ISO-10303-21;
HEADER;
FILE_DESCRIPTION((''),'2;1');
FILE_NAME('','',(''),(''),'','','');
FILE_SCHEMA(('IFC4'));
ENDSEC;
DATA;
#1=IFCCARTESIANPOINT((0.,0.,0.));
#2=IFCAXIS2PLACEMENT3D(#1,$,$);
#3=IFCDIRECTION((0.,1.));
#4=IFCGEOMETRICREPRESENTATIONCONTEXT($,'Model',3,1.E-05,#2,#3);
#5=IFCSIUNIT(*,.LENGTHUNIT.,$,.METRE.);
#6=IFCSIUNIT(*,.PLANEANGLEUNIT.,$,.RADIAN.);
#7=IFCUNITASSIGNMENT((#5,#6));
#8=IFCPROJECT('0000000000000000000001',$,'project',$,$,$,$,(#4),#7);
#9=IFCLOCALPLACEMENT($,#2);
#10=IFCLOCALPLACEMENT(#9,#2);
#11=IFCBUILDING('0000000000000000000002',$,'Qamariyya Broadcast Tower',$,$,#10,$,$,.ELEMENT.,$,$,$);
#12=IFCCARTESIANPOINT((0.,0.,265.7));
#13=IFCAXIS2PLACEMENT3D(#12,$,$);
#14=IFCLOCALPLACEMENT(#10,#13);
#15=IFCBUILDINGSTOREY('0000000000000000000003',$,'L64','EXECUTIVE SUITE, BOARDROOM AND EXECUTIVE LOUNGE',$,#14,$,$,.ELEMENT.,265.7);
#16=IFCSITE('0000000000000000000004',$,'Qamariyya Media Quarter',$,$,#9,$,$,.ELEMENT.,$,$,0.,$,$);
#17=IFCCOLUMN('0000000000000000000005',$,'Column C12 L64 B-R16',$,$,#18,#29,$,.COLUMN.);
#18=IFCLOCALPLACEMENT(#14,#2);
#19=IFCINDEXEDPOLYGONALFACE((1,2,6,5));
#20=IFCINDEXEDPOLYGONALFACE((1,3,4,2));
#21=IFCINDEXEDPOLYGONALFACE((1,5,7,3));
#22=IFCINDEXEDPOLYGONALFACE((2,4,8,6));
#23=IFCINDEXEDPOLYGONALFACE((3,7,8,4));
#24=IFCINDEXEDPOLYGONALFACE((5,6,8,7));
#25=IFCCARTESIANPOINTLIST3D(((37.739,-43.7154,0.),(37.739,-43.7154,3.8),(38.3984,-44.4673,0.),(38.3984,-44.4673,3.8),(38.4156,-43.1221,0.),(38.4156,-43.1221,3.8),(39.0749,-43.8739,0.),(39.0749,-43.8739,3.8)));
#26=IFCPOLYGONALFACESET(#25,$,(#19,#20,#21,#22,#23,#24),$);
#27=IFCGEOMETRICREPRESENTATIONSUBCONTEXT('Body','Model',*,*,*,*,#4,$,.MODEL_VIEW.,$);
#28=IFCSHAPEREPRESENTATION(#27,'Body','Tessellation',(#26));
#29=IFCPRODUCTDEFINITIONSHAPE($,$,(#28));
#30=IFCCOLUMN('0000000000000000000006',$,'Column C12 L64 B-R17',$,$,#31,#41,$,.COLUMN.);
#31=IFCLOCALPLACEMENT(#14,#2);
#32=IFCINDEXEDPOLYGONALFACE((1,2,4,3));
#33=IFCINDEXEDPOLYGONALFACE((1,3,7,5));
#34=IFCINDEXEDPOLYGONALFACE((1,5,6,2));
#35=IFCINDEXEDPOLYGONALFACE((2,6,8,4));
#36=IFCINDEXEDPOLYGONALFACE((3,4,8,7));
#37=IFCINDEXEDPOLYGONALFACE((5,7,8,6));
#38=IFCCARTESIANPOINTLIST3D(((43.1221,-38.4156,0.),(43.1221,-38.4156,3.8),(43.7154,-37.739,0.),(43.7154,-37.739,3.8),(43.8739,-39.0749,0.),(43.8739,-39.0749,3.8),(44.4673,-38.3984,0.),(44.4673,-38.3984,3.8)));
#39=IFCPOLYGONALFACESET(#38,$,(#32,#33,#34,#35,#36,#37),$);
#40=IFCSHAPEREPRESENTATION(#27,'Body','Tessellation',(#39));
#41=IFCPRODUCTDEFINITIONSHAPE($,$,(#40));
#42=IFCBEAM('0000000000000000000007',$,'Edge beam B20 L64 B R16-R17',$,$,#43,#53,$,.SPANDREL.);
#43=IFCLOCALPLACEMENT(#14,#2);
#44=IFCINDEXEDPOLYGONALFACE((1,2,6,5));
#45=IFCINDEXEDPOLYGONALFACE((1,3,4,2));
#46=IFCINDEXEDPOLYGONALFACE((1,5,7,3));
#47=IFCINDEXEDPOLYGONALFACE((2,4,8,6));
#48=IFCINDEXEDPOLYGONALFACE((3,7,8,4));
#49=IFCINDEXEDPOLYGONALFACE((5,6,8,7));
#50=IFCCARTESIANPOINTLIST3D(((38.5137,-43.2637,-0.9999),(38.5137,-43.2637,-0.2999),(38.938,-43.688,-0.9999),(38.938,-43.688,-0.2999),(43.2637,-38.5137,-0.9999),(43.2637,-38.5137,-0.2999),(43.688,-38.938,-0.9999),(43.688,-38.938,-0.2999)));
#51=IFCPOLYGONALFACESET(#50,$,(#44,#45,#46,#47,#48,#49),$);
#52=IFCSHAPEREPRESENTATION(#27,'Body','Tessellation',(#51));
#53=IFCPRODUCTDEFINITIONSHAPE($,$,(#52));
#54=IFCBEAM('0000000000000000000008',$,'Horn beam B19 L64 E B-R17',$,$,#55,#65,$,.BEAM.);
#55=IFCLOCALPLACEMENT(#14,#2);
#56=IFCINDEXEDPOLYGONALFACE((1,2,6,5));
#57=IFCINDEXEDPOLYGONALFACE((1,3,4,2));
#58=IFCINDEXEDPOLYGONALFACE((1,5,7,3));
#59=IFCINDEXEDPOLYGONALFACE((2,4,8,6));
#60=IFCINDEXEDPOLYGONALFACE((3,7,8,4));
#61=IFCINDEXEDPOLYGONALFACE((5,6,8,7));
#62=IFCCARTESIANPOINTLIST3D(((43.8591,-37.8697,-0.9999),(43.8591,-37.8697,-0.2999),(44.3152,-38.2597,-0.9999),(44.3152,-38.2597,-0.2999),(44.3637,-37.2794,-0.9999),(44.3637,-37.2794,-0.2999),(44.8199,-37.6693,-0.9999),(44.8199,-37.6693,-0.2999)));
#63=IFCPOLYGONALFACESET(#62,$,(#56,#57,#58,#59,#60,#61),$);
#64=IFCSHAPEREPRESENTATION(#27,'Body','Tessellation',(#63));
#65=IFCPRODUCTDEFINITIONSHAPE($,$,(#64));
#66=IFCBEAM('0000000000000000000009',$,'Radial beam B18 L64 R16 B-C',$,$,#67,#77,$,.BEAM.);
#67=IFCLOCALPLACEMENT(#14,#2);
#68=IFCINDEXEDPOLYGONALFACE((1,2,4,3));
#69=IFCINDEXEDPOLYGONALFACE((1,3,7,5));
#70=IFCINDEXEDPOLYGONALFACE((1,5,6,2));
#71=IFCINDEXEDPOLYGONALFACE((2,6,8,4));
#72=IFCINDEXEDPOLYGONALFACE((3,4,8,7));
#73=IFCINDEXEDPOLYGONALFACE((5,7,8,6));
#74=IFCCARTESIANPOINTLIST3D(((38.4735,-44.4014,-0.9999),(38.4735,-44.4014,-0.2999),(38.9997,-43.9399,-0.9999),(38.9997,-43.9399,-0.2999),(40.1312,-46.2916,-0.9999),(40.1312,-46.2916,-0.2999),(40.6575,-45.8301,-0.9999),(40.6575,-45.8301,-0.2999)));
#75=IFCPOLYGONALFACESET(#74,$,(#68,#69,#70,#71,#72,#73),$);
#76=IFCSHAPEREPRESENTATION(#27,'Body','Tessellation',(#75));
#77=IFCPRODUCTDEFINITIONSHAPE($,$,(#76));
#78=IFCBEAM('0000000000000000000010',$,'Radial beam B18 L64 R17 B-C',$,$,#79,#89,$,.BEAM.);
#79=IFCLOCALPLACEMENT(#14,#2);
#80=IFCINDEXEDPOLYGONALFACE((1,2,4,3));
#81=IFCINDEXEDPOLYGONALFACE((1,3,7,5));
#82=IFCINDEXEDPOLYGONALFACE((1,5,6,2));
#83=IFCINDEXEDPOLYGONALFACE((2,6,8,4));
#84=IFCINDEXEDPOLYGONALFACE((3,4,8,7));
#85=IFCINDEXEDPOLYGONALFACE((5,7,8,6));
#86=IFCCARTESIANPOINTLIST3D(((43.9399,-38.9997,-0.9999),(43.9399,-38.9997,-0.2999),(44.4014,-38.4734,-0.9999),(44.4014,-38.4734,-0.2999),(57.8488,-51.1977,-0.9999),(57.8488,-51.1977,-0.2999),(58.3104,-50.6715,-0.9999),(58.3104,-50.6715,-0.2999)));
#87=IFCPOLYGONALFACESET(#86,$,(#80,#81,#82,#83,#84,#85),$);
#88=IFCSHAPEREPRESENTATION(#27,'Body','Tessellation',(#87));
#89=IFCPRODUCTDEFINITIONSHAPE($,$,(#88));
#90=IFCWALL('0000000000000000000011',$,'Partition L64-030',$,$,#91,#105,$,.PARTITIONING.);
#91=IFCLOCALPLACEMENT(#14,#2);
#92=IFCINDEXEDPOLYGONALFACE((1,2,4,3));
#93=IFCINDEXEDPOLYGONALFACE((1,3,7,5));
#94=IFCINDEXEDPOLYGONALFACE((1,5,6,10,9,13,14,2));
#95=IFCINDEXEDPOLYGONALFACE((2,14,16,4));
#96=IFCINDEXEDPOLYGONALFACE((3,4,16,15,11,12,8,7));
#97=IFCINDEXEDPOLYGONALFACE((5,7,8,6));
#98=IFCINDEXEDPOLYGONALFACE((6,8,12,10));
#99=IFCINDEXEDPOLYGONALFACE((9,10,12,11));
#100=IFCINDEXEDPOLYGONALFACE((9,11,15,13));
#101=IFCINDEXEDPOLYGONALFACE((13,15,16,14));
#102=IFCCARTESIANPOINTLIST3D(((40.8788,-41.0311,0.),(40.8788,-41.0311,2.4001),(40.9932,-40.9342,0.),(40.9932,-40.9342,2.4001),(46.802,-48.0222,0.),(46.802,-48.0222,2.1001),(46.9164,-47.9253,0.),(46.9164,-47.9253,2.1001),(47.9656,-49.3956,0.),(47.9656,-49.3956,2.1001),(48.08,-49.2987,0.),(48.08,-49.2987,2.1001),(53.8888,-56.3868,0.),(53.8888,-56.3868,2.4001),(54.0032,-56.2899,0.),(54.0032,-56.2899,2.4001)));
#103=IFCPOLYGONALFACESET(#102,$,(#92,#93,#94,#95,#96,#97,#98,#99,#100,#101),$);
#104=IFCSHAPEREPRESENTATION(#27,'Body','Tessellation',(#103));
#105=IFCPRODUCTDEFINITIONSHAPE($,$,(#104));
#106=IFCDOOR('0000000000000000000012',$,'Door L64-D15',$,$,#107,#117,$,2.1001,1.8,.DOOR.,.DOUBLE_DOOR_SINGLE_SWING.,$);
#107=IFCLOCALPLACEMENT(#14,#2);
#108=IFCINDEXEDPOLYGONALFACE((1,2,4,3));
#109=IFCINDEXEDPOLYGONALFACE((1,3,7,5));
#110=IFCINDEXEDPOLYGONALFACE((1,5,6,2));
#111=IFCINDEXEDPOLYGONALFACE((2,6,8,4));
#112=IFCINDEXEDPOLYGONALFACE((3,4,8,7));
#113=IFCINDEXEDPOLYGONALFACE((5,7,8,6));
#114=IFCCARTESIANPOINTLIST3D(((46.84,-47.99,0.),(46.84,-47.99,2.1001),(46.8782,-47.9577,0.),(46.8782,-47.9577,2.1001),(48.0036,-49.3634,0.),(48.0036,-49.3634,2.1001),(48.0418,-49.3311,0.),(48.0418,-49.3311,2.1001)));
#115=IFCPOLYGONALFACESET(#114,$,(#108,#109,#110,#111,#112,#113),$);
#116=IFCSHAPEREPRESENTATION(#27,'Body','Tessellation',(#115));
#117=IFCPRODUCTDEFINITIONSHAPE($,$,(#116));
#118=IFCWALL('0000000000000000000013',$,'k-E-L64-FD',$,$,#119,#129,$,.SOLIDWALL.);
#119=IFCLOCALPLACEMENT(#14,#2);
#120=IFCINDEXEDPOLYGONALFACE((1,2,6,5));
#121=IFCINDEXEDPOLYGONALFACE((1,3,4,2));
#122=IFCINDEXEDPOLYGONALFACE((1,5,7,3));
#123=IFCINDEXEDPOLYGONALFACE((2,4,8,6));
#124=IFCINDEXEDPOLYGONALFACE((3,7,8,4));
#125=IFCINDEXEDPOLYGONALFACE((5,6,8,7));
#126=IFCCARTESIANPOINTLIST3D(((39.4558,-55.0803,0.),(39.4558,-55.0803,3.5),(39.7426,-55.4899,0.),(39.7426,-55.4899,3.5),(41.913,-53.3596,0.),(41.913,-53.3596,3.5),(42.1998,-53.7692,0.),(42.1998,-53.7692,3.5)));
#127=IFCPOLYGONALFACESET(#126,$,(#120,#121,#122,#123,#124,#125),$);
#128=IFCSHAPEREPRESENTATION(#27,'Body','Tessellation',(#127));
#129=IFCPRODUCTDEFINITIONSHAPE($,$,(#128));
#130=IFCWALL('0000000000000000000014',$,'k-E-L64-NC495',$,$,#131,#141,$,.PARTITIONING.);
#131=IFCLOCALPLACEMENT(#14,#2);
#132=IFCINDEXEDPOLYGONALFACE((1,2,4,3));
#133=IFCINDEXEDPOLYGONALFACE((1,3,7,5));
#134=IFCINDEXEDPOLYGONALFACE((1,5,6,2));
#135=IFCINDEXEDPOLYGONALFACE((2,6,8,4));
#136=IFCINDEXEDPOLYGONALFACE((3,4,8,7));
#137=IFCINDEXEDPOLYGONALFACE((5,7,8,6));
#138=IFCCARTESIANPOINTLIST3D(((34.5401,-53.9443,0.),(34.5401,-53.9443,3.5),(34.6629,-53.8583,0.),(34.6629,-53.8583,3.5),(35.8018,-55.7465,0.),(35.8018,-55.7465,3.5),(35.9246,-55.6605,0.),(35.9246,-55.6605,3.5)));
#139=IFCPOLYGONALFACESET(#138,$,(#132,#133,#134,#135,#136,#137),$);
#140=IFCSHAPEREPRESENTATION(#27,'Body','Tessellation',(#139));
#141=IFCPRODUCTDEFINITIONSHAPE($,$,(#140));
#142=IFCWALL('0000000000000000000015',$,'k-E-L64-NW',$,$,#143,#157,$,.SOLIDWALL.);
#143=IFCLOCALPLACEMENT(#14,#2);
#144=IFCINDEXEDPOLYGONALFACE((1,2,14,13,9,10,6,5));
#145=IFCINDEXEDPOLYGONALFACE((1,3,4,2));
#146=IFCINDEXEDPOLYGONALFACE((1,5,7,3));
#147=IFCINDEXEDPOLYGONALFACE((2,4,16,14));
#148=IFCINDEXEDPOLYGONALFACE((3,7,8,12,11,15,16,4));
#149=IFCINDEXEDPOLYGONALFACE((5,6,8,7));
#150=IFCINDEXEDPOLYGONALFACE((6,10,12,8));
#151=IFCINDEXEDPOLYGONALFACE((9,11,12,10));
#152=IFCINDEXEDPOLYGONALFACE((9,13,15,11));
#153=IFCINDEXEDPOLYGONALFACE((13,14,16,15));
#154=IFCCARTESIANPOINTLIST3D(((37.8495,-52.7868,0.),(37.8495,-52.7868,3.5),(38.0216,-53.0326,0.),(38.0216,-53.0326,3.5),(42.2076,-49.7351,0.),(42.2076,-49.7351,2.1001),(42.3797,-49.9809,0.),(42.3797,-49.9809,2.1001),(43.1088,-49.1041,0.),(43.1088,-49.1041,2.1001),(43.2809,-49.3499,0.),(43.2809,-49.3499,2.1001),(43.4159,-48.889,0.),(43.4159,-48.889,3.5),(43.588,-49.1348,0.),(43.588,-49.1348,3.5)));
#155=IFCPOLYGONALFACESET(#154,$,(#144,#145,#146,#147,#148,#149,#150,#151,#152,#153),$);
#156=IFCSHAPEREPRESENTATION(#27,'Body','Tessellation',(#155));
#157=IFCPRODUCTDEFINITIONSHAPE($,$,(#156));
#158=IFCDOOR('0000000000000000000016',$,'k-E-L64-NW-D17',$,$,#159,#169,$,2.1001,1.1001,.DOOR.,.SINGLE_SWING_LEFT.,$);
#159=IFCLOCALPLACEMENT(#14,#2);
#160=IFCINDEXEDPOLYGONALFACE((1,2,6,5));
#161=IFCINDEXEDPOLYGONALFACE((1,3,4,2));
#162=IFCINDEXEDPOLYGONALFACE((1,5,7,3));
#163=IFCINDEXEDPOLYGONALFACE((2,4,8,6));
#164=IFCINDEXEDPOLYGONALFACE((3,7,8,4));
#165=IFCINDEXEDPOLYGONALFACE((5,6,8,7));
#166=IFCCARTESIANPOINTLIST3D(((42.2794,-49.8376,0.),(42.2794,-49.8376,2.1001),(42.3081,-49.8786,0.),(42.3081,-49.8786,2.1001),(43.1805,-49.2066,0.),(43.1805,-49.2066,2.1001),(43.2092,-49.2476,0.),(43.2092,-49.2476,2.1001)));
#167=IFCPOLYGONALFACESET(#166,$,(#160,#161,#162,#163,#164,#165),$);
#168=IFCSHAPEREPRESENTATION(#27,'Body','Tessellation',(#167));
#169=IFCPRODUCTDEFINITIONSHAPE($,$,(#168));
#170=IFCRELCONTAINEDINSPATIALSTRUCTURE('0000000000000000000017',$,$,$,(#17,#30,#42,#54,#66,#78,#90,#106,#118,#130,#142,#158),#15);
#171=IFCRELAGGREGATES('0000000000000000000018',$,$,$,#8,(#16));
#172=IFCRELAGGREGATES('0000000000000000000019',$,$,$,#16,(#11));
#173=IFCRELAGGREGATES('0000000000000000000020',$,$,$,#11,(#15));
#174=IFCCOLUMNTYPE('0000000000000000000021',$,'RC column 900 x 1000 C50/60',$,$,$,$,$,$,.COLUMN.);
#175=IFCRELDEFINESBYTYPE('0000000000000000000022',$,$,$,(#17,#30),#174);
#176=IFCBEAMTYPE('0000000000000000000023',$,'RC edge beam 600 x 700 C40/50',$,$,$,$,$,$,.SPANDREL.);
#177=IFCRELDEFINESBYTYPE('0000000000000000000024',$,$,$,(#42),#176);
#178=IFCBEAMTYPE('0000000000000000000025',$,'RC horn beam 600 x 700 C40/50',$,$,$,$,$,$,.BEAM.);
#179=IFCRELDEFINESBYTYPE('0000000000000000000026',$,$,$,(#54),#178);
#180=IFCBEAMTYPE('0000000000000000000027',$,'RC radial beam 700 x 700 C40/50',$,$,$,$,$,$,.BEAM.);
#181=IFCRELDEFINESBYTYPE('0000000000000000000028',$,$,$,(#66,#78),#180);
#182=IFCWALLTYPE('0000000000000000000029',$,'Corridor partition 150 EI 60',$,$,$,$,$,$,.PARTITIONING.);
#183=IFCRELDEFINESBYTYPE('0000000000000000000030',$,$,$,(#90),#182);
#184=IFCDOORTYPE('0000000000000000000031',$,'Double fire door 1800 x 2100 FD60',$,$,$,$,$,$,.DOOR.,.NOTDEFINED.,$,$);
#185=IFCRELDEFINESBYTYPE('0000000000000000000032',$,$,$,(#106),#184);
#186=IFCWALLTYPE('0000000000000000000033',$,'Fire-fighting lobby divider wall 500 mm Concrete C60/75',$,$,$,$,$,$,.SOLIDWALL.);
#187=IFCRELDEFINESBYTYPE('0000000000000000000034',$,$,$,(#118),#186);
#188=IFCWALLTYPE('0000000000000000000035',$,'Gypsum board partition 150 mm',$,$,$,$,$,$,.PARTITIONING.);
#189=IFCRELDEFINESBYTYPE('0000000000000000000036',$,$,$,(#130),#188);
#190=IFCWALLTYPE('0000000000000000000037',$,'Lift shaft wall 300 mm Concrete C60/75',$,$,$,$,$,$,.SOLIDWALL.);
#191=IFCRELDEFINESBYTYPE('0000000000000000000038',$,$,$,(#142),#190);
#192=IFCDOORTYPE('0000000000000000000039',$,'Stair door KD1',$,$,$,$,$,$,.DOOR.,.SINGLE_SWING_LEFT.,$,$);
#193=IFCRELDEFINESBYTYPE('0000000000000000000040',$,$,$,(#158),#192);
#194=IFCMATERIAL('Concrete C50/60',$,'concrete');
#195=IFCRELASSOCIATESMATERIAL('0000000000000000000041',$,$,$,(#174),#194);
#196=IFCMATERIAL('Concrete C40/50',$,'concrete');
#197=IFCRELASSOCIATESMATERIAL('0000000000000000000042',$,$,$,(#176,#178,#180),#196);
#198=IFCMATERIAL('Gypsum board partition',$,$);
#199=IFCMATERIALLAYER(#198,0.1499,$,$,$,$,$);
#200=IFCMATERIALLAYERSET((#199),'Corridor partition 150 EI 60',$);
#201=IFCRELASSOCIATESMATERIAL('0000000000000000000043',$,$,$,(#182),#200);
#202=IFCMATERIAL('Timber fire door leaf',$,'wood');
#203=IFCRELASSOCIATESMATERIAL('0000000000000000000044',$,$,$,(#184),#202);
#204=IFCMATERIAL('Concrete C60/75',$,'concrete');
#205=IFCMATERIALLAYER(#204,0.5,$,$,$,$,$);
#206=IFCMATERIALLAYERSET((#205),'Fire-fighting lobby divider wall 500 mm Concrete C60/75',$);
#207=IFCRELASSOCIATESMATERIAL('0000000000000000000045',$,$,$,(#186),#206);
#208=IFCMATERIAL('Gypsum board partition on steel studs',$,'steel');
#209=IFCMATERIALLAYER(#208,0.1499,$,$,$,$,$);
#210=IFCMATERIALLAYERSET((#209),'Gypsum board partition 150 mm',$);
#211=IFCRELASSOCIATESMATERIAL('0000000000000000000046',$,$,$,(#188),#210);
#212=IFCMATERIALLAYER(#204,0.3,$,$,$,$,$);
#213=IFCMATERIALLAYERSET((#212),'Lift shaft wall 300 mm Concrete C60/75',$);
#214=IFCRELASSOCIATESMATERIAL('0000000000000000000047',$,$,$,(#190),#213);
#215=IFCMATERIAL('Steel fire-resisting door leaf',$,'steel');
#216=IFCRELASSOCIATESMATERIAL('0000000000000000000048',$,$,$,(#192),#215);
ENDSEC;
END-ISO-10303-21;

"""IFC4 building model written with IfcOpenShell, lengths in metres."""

from ifc_helpers import new_model, si_unit, direction, frame, frame_2d, origin, origin_2d, place, context, subcontext, project, spatial, rectangle, extrude, material, layer, layer_set, material_profile, profile_set, type_object, element, fill, save


model = new_model("IFC4")

# Units and contexts
model_context = context("Model", 3, precision=1e-05, world=origin(), true_north=direction((0.0, 1.0)))
body_context = subcontext(model_context, "Body", "Model", "MODEL_VIEW")
ifc_project = project(units=[si_unit("LENGTHUNIT", "METRE"), si_unit("PLANEANGLEUNIT", "RADIAN")], contexts=[model_context])

# Site, building, storey
site_placement = place(None, origin())
site = spatial("IfcSite", under=ifc_project, at=site_placement, Name="Qamariyya Media Quarter", CompositionType="ELEMENT", RefElevation=0.0)
building_placement = place(site_placement, origin())
building = spatial("IfcBuilding", under=site, at=building_placement, Name="Qamariyya Broadcast Tower", CompositionType="ELEMENT")
storey_placement = place(building_placement, frame((0.0, 0.0, 265.7)))
storey = spatial("IfcBuildingStorey", under=building, at=storey_placement, Name="L64", Description="EXECUTIVE SUITE, BOARDROOM AND EXECUTIVE LOUNGE", CompositionType="ELEMENT", Elevation=265.7)

# Columns
ifc_material_1 = material(Name="Concrete C50/60", Category="concrete")
ifc_material_profile_1 = material_profile(ifc_material_1, rectangle(XDim=0.8999, YDim=1.0, at=origin_2d()))
ifc_profile_set_1 = profile_set([ifc_material_profile_1], Name="Concrete C50/60")
column_type = type_object("IfcColumnType", Name="RC column 900 x 1000 C50/60", PredefinedType="COLUMN", material=ifc_profile_set_1)
for number, where, z_axis, x_axis, name in (
    (1, (38.407, -43.7947, 0.0), (0.0, 0.0, 1.0), (0.75184, 0.659346, 0.0), "Column C12 L64 B-R16"),
    (2, (43.7947, -38.407, 0.0), (0.0, 0.0, 1.0), (0.659346, 0.75184, 0.0), "Column C12 L64 B-R17"),
):
    element("IfcColumn", number, at=place(storey_placement, frame(where, z_axis=z_axis, x_axis=x_axis)), inside=storey, type_object=column_type, Name=name, PredefinedType="COLUMN", context=body_context, shape_type="SweptSolid", body=[
        extrude(rectangle(XDim=0.8999, YDim=1.0, at=origin_2d()), origin(), (0.0, 0.0, 1.0), 3.8),
    ])

# Beams
ifc_material_2 = material(Name="Concrete C40/50", Category="concrete")
ifc_material_profile_2 = material_profile(ifc_material_2, rectangle(XDim=0.6001, YDim=0.7, at=origin_2d()))
ifc_profile_set_2 = profile_set([ifc_material_profile_2], Name="Concrete C40/50")
beam_type_1 = type_object("IfcBeamType", Name="RC edge beam 600 x 700 C40/50", PredefinedType="SPANDREL", material=ifc_profile_set_2)
beam_1_placement = place(storey_placement, frame((38.7258, -43.4758, -0.6499), z_axis=(0.707107, 0.707107, 0.0), x_axis=(-0.707107, 0.707107, 0.0)))
element("IfcBeam", 3, at=beam_1_placement, inside=storey, type_object=beam_type_1, Name="Edge beam B20 L64 B R16-R17", PredefinedType="SPANDREL", context=body_context, shape_type="SweptSolid", body=[
    extrude(rectangle(XDim=0.6001, YDim=0.7, at=origin_2d()), origin(), (0.0, 0.0, 1.0), 6.7175),
])
ifc_material_profile_3 = material_profile(ifc_material_2, rectangle(XDim=0.6001, YDim=0.7, at=origin_2d()))
ifc_profile_set_3 = profile_set([ifc_material_profile_3], Name="Concrete C40/50")
beam_type_2 = type_object("IfcBeamType", Name="RC horn beam 600 x 700 C40/50", PredefinedType="BEAM", material=ifc_profile_set_3)
beam_2_placement = place(storey_placement, frame((44.0872, -38.0647, -0.6499), z_axis=(0.649781, 0.760121, 0.0), x_axis=(-0.760121, 0.649781, 0.0)))
element("IfcBeam", 4, at=beam_2_placement, inside=storey, type_object=beam_type_2, Name="Horn beam B19 L64 E B-R17", PredefinedType="BEAM", context=body_context, shape_type="SweptSolid", body=[
    extrude(rectangle(XDim=0.6001, YDim=0.7, at=origin_2d()), origin(), (0.0, 0.0, 1.0), 0.7766),
])
ifc_material_profile_4 = material_profile(ifc_material_2, rectangle(XDim=0.7, YDim=0.7, at=origin_2d()))
ifc_profile_set_4 = profile_set([ifc_material_profile_4], Name="Concrete C40/50")
beam_type_3 = type_object("IfcBeamType", Name="RC radial beam 700 x 700 C40/50", PredefinedType="BEAM", material=ifc_profile_set_4)
beam_3_placement = place(storey_placement, frame((38.7366, -44.1707, -0.6499), z_axis=(0.65937, -0.751818, 0.0), x_axis=(0.751818, 0.65937, 0.0)))
element("IfcBeam", 5, at=beam_3_placement, inside=storey, type_object=beam_type_3, Name="Radial beam B18 L64 R16 B-C", PredefinedType="BEAM", context=body_context, shape_type="SweptSolid", body=[
    extrude(rectangle(XDim=0.7, YDim=0.7, at=origin_2d()), origin(), (0.0, 0.0, 1.0), 2.5142),
])
beam_4_placement = place(storey_placement, frame((44.1707, -38.7366, -0.6499), z_axis=(0.751835, -0.659352, 0.0), x_axis=(0.659352, 0.751835, 0.0)))
element("IfcBeam", 6, at=beam_4_placement, inside=storey, type_object=beam_type_3, Name="Radial beam B18 L64 R17 B-C", PredefinedType="BEAM", context=body_context, shape_type="SweptSolid", body=[
    extrude(rectangle(XDim=0.7, YDim=0.7, at=origin_2d()), origin(), (0.0, 0.0, 1.0), 18.5),
])

# Wall, opening, door
ifc_material_3 = material(Name="Gypsum board partition")
ifc_layer_1 = layer(ifc_material_3, 0.1499)
ifc_layer_set_1 = layer_set([ifc_layer_1], Name="Corridor partition 150 EI 60")
wall_type_1 = type_object("IfcWallType", Name="Corridor partition 150 EI 60", PredefinedType="PARTITIONING", material=ifc_layer_set_1)
wall_1_placement = place(storey_placement, frame((40.936, -40.9827, 0.0), z_axis=(0.0, 0.0, 1.0), x_axis=(0.646426, -0.762977, 0.0)))
wall_1 = element("IfcWall", 7, at=wall_1_placement, inside=storey, type_object=wall_type_1, Name="Partition L64-030", PredefinedType="PARTITIONING", context=body_context, shape_type="SweptSolid", body=[
    extrude(rectangle(XDim=20.126, YDim=0.1499, at=frame_2d((10.063, 0.0))), origin(), (0.0, 0.0, 1.0), 2.4001),
])
opening_1_placement = place(wall_1_placement, frame((9.1631, 0.0, 0.0)))
opening_1 = element("IfcOpeningElement", 8, at=opening_1_placement, cuts=wall_1, PredefinedType="OPENING", context=body_context, shape_type="SweptSolid", body=[
    extrude(rectangle(XDim=1.8, YDim=2.1001, at=frame_2d((0.8999, 1.05))), frame((0.0, 0.085, 0.0), z_axis=(0.0, -1.0, 0.0), x_axis=(1.0, 0.0, 0.0)), (0.0, 0.0, 1.0), 0.1699),
])
ifc_material_4 = material(Name="Timber fire door leaf", Category="wood")
door_type_1 = type_object("IfcDoorType", Name="Double fire door 1800 x 2100 FD60", OperationType="NOTDEFINED", PredefinedType="DOOR", material=ifc_material_4)
door_1_placement = place(opening_1_placement, origin())
door_1 = element("IfcDoor", 9, at=door_1_placement, inside=storey, type_object=door_type_1, Name="Door L64-D15", OperationType="DOUBLE_DOOR_SINGLE_SWING", OverallHeight=2.1001, OverallWidth=1.8, PredefinedType="DOOR", context=body_context, shape_type="SweptSolid", body=[
    extrude(rectangle(XDim=1.8, YDim=2.1001, at=frame_2d((0.8999, 1.05))), frame((0.0, 0.0249, 0.0), z_axis=(0.0, -1.0, 0.0), x_axis=(1.0, 0.0, 0.0)), (0.0, 0.0, 1.0), 0.05),
])
fill(opening_1, door_1)

# Walls
ifc_material_5 = material(Name="Concrete C60/75", Category="concrete")
ifc_layer_2 = layer(ifc_material_5, 0.5)
ifc_layer_set_2 = layer_set([ifc_layer_2], Name="Fire-fighting lobby divider wall 500 mm Concrete C60/75")
wall_type_2 = type_object("IfcWallType", Name="Fire-fighting lobby divider wall 500 mm Concrete C60/75", PredefinedType="SOLIDWALL", material=ifc_layer_set_2)
wall_2_placement = place(storey_placement, frame((39.5991, -55.2852, 0.0), z_axis=(0.0, 0.0, 1.0), x_axis=(0.819136, 0.573599, 0.0)))
element("IfcWall", 10, at=wall_2_placement, inside=storey, type_object=wall_type_2, Name="k-E-L64-FD", PredefinedType="SOLIDWALL", context=body_context, shape_type="SweptSolid", body=[
    extrude(rectangle(XDim=2.9998, YDim=0.5, at=frame_2d((1.5, 0.0))), origin(), (0.0, 0.0, 1.0), 3.5),
])
ifc_material_6 = material(Name="Gypsum board partition on steel studs", Category="steel")
ifc_layer_3 = layer(ifc_material_6, 0.1499)
ifc_layer_set_3 = layer_set([ifc_layer_3], Name="Gypsum board partition 150 mm")
wall_type_3 = type_object("IfcWallType", Name="Gypsum board partition 150 mm", PredefinedType="PARTITIONING", material=ifc_layer_set_3)
wall_3_placement = place(storey_placement, frame((35.8633, -55.7036, 0.0), z_axis=(0.0, 0.0, 1.0), x_axis=(-0.573507, 0.819201, 0.0)))
element("IfcWall", 11, at=wall_3_placement, inside=storey, type_object=wall_type_3, Name="k-E-L64-NC495", PredefinedType="PARTITIONING", context=body_context, shape_type="SweptSolid", body=[
    extrude(rectangle(XDim=2.2, YDim=0.1499, at=frame_2d((1.1001, 0.0))), origin(), (0.0, 0.0, 1.0), 3.5),
])

# Wall, opening, door
ifc_layer_4 = layer(ifc_material_5, 0.3)
ifc_layer_set_4 = layer_set([ifc_layer_4], Name="Lift shaft wall 300 mm Concrete C60/75")
wall_type_4 = type_object("IfcWallType", Name="Lift shaft wall 300 mm Concrete C60/75", PredefinedType="SOLIDWALL", material=ifc_layer_set_4)
wall_4_placement = place(storey_placement, frame((37.9355, -52.9097, 0.0), z_axis=(0.0, 0.0, 1.0), x_axis=(0.819148, 0.573583, 0.0)))
wall_4 = element("IfcWall", 12, at=wall_4_placement, inside=storey, type_object=wall_type_4, Name="k-E-L64-NW", PredefinedType="SOLIDWALL", context=body_context, shape_type="SweptSolid", body=[
    extrude(rectangle(XDim=6.7954, YDim=0.3, at=frame_2d((3.3977, 0.0))), origin(), (0.0, 0.0, 1.0), 3.5),
])
opening_2_placement = place(wall_4_placement, frame((5.3203, 0.0, 0.0)))
opening_2 = element("IfcOpeningElement", 13, at=opening_2_placement, cuts=wall_4, PredefinedType="OPENING", context=body_context, shape_type="SweptSolid", body=[
    extrude(rectangle(XDim=1.1001, YDim=2.1001, at=frame_2d((0.55, 1.05))), frame((0.0, 0.1599, 0.0), z_axis=(0.0, -1.0, 0.0), x_axis=(1.0, 0.0, 0.0)), (0.0, 0.0, 1.0), 0.3201),
])
ifc_material_7 = material(Name="Steel fire-resisting door leaf", Category="steel")
door_type_2 = type_object("IfcDoorType", Name="Stair door KD1", OperationType="SINGLE_SWING_LEFT", PredefinedType="DOOR", material=ifc_material_7)
door_2_placement = place(opening_2_placement, origin())
door_2 = element("IfcDoor", 14, at=door_2_placement, inside=storey, type_object=door_type_2, Name="k-E-L64-NW-D17", OperationType="SINGLE_SWING_LEFT", OverallHeight=2.1001, OverallWidth=1.1001, PredefinedType="DOOR", context=body_context, shape_type="SweptSolid", body=[
    extrude(rectangle(XDim=1.1001, YDim=2.1001, at=frame_2d((0.55, 1.05))), frame((0.0, 0.0249, 0.0), z_axis=(0.0, -1.0, 0.0), x_axis=(1.0, 0.0, 0.0)), (0.0, 0.0, 1.0), 0.05),
])
fill(opening_2, door_2)

save(model, "model.ifc")
